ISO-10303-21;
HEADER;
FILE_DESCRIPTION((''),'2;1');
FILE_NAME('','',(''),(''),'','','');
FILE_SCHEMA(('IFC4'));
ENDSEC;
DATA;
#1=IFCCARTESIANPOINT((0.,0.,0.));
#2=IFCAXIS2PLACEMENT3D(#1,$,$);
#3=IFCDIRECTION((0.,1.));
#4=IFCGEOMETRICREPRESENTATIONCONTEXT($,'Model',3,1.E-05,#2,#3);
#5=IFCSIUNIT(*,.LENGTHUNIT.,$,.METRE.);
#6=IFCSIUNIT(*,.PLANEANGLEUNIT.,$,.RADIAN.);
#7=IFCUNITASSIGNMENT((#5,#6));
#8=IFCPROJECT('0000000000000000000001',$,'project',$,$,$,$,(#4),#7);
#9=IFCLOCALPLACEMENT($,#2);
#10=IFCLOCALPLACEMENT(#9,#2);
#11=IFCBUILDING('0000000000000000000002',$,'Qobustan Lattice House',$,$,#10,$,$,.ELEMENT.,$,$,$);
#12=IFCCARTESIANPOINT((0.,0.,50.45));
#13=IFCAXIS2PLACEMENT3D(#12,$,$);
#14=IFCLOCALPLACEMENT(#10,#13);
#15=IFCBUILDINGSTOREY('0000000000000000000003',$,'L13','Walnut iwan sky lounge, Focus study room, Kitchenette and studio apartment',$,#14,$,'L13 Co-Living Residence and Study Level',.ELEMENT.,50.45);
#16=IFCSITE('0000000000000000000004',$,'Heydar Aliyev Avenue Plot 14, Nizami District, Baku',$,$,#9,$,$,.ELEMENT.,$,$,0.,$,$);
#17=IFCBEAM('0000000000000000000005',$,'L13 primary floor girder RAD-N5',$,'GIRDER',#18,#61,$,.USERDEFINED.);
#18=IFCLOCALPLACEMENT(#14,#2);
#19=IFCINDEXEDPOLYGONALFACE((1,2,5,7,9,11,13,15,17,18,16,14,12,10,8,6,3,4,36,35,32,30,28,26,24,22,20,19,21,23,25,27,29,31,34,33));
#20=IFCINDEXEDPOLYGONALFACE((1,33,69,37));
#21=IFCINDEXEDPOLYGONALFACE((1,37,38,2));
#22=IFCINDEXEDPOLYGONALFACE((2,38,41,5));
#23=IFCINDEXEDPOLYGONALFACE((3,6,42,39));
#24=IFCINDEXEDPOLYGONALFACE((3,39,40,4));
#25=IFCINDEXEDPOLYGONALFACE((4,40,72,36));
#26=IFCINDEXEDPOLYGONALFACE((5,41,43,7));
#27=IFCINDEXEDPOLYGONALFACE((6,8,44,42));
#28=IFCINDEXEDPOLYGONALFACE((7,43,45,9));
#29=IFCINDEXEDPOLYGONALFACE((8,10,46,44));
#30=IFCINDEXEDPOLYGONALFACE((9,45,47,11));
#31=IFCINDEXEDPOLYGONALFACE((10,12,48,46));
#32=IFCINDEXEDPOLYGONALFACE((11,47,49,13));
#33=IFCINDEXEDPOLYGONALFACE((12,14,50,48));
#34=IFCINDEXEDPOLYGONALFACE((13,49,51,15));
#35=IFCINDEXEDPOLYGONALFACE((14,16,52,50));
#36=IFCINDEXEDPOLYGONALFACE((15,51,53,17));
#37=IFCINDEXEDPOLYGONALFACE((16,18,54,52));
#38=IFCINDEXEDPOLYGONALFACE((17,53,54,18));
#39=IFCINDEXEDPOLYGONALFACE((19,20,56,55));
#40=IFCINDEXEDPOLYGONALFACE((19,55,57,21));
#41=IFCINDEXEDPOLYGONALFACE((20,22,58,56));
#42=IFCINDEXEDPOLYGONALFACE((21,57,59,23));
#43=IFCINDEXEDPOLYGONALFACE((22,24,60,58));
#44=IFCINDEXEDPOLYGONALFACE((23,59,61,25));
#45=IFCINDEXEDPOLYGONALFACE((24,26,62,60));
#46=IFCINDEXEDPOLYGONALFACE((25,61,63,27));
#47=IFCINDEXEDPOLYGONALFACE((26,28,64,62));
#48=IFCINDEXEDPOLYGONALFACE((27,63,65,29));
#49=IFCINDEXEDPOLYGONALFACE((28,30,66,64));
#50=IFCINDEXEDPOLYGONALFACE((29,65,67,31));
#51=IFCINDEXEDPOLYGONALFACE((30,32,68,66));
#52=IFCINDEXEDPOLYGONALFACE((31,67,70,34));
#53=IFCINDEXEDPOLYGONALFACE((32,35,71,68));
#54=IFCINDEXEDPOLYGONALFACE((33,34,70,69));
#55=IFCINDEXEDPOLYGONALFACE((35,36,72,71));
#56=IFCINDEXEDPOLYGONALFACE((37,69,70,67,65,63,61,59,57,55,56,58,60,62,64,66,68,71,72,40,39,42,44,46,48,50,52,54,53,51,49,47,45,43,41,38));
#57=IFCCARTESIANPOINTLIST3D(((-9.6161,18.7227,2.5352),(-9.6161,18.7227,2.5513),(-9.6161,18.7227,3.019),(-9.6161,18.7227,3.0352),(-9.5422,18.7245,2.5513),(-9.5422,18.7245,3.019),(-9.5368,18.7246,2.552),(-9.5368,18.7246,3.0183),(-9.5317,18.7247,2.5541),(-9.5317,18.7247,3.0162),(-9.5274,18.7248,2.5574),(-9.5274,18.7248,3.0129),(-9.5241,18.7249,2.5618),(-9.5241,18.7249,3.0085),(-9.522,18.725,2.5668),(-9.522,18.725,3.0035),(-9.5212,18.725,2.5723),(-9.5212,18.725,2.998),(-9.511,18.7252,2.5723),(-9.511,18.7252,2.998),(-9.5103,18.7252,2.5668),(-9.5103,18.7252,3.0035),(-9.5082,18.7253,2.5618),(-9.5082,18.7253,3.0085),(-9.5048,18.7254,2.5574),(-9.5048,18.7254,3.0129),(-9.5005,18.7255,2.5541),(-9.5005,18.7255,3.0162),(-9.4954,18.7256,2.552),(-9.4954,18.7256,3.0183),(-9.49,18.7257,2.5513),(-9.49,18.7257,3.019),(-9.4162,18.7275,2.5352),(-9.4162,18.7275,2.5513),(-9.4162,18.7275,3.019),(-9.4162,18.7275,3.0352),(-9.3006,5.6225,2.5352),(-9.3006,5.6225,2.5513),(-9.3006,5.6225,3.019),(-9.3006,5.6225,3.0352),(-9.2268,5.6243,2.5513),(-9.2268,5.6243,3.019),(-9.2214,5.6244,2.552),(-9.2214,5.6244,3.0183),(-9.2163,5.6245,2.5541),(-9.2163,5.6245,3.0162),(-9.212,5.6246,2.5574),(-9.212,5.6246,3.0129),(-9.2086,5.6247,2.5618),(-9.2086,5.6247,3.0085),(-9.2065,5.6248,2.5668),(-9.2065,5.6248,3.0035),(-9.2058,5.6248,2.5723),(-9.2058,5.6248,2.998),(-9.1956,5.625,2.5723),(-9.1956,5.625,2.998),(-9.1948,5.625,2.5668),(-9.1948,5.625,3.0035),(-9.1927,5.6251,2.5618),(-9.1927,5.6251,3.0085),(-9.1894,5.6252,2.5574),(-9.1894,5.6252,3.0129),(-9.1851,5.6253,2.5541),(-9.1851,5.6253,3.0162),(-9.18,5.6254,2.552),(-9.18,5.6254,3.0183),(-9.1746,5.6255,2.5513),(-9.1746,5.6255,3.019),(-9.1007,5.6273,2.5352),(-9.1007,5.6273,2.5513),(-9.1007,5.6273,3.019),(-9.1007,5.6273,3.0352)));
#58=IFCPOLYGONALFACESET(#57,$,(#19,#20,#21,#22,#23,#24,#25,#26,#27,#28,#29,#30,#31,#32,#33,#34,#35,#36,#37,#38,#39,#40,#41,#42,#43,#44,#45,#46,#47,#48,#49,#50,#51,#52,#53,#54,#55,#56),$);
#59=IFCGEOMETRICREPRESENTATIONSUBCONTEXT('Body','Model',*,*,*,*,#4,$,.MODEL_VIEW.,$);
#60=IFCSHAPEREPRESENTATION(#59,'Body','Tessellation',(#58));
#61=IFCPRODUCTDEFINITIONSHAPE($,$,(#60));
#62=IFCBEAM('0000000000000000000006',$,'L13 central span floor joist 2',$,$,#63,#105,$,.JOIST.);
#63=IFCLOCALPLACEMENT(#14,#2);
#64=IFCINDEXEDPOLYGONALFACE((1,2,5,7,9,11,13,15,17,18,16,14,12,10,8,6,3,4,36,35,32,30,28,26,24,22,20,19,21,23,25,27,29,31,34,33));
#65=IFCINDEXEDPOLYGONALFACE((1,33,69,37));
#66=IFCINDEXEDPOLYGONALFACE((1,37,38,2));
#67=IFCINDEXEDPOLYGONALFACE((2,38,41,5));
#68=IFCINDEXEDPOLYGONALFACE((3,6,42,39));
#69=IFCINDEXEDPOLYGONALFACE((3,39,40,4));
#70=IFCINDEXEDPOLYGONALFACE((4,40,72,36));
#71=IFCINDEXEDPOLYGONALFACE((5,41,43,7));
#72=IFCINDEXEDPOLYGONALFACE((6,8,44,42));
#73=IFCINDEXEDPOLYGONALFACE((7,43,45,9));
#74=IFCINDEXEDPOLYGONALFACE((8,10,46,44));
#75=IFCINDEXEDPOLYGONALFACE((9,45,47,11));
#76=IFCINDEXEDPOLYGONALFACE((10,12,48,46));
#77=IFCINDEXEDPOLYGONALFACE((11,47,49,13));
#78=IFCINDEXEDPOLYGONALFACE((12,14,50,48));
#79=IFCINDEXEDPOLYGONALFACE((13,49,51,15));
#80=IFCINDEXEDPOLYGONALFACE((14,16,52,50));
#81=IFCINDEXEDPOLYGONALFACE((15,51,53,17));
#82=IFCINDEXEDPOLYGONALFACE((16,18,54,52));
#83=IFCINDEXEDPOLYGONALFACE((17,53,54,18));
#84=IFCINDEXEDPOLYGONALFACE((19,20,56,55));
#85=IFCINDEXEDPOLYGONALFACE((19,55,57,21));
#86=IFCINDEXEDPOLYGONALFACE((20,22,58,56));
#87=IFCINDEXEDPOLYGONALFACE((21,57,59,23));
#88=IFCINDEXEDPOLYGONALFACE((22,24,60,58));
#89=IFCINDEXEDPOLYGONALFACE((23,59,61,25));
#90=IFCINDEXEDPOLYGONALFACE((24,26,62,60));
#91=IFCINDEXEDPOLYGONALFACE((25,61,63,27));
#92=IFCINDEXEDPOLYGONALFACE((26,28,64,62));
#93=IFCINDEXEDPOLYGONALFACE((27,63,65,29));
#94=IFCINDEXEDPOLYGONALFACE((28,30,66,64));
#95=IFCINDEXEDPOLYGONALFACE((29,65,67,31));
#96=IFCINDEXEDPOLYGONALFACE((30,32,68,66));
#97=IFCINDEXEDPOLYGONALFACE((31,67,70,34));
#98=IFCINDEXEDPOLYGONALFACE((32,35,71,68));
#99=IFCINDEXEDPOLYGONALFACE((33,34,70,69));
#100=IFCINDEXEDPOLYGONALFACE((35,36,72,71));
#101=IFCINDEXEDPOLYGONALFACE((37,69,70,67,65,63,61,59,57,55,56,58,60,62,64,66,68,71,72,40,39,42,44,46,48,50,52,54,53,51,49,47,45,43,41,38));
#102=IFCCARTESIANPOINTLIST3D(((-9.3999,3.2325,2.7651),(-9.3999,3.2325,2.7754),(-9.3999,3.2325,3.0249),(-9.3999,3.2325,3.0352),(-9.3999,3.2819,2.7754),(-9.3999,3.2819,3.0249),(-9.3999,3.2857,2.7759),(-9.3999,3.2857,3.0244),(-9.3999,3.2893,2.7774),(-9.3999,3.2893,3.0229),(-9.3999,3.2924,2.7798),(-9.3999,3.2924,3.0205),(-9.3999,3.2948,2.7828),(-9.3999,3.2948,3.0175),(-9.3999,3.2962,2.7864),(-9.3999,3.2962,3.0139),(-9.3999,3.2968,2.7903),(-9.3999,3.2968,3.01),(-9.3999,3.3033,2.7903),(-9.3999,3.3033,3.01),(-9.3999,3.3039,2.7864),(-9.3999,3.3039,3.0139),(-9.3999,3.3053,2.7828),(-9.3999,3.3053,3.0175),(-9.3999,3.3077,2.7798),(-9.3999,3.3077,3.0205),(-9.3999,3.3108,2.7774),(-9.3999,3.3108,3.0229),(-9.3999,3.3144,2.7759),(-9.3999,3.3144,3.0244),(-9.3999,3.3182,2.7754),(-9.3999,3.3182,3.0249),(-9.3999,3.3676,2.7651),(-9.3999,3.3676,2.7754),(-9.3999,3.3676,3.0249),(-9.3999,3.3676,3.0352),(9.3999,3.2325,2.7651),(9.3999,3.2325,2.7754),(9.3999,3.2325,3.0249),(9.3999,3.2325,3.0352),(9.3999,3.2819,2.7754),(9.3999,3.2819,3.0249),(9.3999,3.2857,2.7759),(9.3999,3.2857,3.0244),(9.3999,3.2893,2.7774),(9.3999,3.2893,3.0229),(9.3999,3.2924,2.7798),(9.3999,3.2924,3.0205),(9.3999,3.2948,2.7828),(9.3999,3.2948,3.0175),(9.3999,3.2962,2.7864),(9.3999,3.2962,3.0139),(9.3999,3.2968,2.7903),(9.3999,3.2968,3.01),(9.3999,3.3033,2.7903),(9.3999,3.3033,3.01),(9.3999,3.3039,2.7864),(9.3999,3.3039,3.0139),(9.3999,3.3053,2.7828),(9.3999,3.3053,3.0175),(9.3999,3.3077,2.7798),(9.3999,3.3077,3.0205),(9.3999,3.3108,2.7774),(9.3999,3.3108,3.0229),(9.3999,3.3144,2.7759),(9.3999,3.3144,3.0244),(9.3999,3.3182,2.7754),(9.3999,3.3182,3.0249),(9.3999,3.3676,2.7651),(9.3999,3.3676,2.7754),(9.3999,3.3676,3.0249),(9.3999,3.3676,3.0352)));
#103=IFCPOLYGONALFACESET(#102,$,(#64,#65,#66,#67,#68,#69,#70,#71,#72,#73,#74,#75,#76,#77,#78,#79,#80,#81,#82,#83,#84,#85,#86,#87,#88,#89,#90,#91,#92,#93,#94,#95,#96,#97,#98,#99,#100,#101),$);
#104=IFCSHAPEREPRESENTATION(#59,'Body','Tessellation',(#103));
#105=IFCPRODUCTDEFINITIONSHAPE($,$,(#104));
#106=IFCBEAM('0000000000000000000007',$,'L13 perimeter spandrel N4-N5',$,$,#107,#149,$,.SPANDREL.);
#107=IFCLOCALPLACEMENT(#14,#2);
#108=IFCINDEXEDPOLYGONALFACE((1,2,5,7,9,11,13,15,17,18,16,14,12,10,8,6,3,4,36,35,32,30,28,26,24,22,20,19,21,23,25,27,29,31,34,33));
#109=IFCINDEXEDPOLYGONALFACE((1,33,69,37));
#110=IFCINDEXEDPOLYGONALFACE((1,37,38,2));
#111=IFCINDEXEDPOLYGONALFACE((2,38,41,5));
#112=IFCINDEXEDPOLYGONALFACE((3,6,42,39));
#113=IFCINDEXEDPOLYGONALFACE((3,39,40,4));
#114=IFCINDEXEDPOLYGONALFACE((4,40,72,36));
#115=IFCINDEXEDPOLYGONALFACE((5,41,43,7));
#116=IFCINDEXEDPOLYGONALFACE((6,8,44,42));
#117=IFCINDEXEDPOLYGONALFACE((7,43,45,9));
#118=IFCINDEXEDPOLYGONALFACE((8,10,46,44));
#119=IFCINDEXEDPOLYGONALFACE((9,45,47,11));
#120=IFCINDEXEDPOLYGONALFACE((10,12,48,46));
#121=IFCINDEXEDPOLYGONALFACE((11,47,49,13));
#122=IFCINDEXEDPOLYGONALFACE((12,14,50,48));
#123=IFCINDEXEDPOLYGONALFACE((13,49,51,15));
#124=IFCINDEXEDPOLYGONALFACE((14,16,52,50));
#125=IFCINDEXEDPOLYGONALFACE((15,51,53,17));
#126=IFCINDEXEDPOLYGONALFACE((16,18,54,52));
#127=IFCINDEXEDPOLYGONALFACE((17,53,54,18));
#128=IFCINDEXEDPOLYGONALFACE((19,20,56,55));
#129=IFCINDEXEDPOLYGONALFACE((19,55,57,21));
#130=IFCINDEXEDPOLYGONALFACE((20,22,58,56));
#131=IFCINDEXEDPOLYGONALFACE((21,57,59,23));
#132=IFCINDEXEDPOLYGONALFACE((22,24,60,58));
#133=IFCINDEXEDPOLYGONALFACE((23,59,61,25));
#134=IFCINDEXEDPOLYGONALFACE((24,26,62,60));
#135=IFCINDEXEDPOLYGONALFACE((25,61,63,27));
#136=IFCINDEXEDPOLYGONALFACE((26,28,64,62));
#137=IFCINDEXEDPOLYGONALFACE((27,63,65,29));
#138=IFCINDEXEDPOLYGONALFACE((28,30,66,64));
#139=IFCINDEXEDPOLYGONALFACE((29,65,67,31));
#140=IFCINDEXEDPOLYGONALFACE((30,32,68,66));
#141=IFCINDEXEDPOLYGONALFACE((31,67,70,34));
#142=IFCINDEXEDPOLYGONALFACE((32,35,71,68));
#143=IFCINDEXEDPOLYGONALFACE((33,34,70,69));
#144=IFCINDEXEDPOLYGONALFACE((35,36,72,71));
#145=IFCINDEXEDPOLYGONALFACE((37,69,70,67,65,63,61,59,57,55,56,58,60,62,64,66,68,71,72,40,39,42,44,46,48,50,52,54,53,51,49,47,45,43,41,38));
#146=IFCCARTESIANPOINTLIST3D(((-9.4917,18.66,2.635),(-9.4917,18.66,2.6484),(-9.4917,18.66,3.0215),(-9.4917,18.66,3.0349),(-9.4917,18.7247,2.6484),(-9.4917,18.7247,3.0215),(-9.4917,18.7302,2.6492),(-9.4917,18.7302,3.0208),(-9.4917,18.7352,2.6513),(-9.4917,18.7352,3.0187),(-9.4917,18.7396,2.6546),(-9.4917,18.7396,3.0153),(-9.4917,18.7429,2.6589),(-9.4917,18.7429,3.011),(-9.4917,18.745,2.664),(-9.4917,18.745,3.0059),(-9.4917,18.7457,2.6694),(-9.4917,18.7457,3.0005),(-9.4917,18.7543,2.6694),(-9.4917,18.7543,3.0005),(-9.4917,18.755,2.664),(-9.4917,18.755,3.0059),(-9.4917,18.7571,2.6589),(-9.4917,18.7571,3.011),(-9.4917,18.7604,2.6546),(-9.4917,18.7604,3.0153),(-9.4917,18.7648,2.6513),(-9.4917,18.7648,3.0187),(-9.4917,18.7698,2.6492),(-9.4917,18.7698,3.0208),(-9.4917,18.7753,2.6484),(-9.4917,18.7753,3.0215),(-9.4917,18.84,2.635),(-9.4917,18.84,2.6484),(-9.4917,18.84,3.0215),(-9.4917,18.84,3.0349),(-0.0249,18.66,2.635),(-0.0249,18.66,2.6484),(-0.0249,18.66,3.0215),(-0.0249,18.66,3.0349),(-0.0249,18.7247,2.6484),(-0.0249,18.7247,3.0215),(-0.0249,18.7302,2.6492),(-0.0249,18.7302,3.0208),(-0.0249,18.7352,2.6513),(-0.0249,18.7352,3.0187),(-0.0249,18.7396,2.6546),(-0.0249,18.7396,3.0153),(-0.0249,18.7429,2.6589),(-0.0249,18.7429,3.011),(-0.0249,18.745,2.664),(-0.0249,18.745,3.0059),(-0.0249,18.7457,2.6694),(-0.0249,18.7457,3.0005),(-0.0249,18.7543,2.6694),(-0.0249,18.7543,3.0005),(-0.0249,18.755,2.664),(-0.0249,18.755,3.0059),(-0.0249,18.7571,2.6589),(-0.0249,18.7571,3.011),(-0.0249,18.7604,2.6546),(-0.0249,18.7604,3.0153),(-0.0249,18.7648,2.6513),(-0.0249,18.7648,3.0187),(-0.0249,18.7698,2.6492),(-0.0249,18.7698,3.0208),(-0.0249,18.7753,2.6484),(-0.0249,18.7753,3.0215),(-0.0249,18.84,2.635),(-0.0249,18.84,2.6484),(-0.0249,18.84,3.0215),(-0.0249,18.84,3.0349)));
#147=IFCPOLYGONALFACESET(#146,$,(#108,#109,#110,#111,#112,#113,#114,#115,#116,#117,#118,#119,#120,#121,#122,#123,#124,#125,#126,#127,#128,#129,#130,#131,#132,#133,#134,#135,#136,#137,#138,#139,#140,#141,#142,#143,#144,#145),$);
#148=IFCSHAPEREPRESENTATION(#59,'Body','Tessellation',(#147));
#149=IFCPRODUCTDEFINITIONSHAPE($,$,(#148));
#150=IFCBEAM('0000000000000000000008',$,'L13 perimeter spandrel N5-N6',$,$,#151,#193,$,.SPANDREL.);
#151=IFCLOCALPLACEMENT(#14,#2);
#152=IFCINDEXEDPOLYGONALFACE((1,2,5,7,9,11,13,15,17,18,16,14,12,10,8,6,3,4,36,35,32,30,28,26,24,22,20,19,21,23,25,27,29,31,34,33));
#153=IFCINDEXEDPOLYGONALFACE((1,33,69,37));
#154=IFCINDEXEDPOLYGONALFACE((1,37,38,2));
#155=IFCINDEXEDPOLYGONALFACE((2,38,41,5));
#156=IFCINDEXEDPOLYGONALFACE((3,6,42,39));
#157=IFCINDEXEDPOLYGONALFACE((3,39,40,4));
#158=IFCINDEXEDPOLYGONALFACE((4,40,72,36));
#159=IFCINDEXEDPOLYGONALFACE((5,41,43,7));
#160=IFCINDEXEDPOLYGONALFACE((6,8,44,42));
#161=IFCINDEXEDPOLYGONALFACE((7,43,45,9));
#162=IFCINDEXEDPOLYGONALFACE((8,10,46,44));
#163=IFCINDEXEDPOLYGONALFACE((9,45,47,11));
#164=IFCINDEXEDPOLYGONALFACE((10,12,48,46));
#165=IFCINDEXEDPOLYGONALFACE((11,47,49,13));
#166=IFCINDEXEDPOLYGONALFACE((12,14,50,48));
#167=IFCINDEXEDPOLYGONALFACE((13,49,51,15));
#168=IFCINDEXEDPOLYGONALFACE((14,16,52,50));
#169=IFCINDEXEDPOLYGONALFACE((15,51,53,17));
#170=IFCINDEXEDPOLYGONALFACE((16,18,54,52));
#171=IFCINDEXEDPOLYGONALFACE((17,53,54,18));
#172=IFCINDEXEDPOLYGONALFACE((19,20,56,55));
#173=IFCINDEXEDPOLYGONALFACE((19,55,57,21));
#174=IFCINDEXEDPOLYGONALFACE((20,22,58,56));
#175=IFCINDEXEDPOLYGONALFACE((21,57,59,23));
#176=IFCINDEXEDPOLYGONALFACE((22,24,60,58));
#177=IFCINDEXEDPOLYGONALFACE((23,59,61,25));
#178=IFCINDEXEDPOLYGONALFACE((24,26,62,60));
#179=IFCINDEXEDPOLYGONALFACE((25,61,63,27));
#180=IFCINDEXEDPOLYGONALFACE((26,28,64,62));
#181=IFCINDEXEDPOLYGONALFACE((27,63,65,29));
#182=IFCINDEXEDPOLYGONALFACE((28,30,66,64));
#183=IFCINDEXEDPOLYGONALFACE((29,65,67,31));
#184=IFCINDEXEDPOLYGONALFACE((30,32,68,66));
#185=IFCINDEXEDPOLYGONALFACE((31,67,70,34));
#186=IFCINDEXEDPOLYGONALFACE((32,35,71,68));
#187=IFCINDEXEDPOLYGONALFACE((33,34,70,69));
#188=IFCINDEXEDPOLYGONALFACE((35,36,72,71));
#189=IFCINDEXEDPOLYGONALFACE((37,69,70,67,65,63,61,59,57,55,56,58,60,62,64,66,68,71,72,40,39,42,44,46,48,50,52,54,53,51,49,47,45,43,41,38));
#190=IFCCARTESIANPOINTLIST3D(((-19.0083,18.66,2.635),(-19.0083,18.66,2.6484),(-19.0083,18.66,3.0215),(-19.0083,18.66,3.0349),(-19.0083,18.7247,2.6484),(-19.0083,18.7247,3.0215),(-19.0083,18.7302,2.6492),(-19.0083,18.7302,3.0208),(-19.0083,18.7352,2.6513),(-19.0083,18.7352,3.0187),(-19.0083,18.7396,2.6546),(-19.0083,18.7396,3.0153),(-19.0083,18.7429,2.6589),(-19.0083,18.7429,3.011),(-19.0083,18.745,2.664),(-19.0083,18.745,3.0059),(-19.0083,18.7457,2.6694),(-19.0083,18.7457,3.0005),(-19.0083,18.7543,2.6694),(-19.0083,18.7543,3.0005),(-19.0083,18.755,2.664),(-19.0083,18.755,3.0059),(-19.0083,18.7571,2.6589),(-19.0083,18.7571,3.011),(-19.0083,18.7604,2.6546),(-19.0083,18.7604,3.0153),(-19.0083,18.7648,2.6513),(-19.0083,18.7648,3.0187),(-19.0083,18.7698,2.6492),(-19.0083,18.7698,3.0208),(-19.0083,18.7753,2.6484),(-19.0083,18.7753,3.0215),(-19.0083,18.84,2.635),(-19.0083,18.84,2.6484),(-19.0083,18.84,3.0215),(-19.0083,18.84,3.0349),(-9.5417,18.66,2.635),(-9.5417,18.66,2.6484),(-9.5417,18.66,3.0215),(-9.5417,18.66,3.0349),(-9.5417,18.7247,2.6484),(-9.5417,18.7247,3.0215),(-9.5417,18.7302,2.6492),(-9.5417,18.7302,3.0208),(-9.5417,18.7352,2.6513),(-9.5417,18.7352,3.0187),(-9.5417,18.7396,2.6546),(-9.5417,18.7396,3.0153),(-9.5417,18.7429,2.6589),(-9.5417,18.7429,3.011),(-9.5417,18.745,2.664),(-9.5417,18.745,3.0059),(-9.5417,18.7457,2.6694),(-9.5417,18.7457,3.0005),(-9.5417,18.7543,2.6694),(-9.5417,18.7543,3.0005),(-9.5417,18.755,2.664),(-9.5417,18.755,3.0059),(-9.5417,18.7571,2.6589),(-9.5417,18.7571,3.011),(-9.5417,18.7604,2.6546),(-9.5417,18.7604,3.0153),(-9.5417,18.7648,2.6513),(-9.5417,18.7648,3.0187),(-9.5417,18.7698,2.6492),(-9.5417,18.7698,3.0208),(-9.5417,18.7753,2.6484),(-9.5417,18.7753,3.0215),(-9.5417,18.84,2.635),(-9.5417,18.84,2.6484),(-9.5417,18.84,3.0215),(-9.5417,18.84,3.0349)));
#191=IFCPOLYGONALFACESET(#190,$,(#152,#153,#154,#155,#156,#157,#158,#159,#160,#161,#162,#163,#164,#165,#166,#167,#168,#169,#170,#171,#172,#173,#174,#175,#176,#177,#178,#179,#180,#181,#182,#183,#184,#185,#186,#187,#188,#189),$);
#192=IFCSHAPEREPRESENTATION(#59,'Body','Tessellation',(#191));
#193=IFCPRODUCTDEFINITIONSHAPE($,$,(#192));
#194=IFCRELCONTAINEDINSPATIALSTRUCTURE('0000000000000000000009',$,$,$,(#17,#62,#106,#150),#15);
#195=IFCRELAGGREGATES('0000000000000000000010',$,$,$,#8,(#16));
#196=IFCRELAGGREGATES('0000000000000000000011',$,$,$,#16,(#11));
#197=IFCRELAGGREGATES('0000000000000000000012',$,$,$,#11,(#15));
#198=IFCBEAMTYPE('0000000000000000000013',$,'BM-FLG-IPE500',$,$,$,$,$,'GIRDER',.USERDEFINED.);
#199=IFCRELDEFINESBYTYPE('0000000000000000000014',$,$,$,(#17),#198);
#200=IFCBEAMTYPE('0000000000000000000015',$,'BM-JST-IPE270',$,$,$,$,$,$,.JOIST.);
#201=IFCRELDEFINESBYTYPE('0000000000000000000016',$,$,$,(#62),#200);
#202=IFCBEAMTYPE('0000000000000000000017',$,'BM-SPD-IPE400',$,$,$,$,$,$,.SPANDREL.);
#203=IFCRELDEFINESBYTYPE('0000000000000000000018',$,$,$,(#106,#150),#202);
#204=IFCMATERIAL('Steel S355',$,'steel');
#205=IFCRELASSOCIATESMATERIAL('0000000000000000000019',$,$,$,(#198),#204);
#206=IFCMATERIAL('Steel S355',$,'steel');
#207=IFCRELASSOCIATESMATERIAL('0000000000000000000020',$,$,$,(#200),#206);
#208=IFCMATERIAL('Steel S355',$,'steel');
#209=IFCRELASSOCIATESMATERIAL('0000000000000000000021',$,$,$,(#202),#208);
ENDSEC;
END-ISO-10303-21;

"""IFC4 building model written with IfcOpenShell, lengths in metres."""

from ifc_helpers import new_model, si_unit, direction, frame, origin, origin_2d, place, context, subcontext, project, spatial, i_section, extrude, material, material_profile, profile_set, type_object, element, save


model = new_model("IFC4")

# Units and contexts
model_context = context("Model", 3, precision=1e-05, world=origin(), true_north=direction((0.0, 1.0)))
body_context = subcontext(model_context, "Body", "Model", "MODEL_VIEW")
ifc_project = project(units=[si_unit("LENGTHUNIT", "METRE"), si_unit("PLANEANGLEUNIT", "RADIAN")], contexts=[model_context])

# Site, building, storey
site_placement = place(None, origin())
site = spatial("IfcSite", under=ifc_project, at=site_placement, Name="Heydar Aliyev Avenue Plot 14, Nizami District, Baku", CompositionType="ELEMENT", RefElevation=0.0)
building_placement = place(site_placement, origin())
building = spatial("IfcBuilding", under=site, at=building_placement, Name="Qobustan Lattice House", CompositionType="ELEMENT")
storey_placement = place(building_placement, frame((0.0, 0.0, 50.45)))
storey = spatial("IfcBuildingStorey", under=building, at=storey_placement, Name="L13", Description="Walnut iwan sky lounge, Focus study room, Kitchenette and studio apartment", LongName="L13 Co-Living Residence and Study Level", CompositionType="ELEMENT", Elevation=50.45)

# Beams
ifc_material_1 = material(Name="Steel S355", Category="steel")
ifc_material_profile_1 = material_profile(ifc_material_1, i_section(OverallWidth=0.2, OverallDepth=0.5, WebThickness=0.0103, FlangeThickness=0.0161, FilletRadius=0.021, at=origin_2d()), Name="IPE500")
ifc_profile_set_1 = profile_set([ifc_material_profile_1], Name="Steel S355")
beam_type_1 = type_object("IfcBeamType", Name="BM-FLG-IPE500", ElementType="GIRDER", PredefinedType="USERDEFINED", material=ifc_profile_set_1)
beam_1_placement = place(storey_placement, frame((-9.5161, 18.7251, 2.7852), z_axis=(0.024071, -0.99971, 0.0), x_axis=(0.99971, 0.024071, 0.0)))
element("IfcBeam", 1, at=beam_1_placement, inside=storey, type_object=beam_type_1, Name="L13 primary floor girder RAD-N5", ObjectType="GIRDER", PredefinedType="USERDEFINED", context=body_context, shape_type="SweptSolid", body=[
    extrude(i_section(OverallWidth=0.2, OverallDepth=0.5, WebThickness=0.0103, FlangeThickness=0.0161, FilletRadius=0.021, at=origin_2d()), origin(), (0.0, 0.0, 1.0), 13.104),
])
ifc_material_2 = material(Name="Steel S355", Category="steel")
ifc_material_profile_2 = material_profile(ifc_material_2, i_section(OverallWidth=0.135, OverallDepth=0.27, WebThickness=0.0066, FlangeThickness=0.0103, FilletRadius=0.0149, at=origin_2d()), Name="IPE270")
ifc_profile_set_2 = profile_set([ifc_material_profile_2], Name="Steel S355")
beam_type_2 = type_object("IfcBeamType", Name="BM-JST-IPE270", PredefinedType="JOIST", material=ifc_profile_set_2)
beam_2_placement = place(storey_placement, frame((-9.3999, 3.3, 2.9001), z_axis=(1.0, 0.0, 0.0), x_axis=(0.0, 1.0, 0.0)))
element("IfcBeam", 2, at=beam_2_placement, inside=storey, type_object=beam_type_2, Name="L13 central span floor joist 2", PredefinedType="JOIST", context=body_context, shape_type="SweptSolid", body=[
    extrude(i_section(OverallWidth=0.135, OverallDepth=0.27, WebThickness=0.0066, FlangeThickness=0.0103, FilletRadius=0.0149, at=origin_2d()), origin(), (0.0, 0.0, 1.0), 18.7998),
])
ifc_material_3 = material(Name="Steel S355", Category="steel")
ifc_material_profile_3 = material_profile(ifc_material_3, i_section(OverallWidth=0.1799, OverallDepth=0.3999, WebThickness=0.0085, FlangeThickness=0.0134, FilletRadius=0.021, at=origin_2d()), Name="IPE400")
ifc_profile_set_3 = profile_set([ifc_material_profile_3], Name="Steel S355")
beam_type_3 = type_object("IfcBeamType", Name="BM-SPD-IPE400", PredefinedType="SPANDREL", material=ifc_profile_set_3)
beam_3_placement = place(storey_placement, frame((-0.0249, 18.75, 2.835), z_axis=(-1.0, 0.0, 0.0), x_axis=(0.0, -1.0, 0.0)))
element("IfcBeam", 3, at=beam_3_placement, inside=storey, type_object=beam_type_3, Name="L13 perimeter spandrel N4-N5", PredefinedType="SPANDREL", context=body_context, shape_type="SweptSolid", body=[
    extrude(i_section(OverallWidth=0.1799, OverallDepth=0.3999, WebThickness=0.0085, FlangeThickness=0.0134, FilletRadius=0.021, at=origin_2d()), origin(), (0.0, 0.0, 1.0), 9.4668),
])
beam_4_placement = place(storey_placement, frame((-9.5417, 18.75, 2.835), z_axis=(-1.0, 0.0, 0.0), x_axis=(0.0, -1.0, 0.0)))
element("IfcBeam", 4, at=beam_4_placement, inside=storey, type_object=beam_type_3, Name="L13 perimeter spandrel N5-N6", PredefinedType="SPANDREL", context=body_context, shape_type="SweptSolid", body=[
    extrude(i_section(OverallWidth=0.1799, OverallDepth=0.3999, WebThickness=0.0085, FlangeThickness=0.0134, FilletRadius=0.021, at=origin_2d()), origin(), (0.0, 0.0, 1.0), 9.4666),
])

save(model, "model.ifc")
